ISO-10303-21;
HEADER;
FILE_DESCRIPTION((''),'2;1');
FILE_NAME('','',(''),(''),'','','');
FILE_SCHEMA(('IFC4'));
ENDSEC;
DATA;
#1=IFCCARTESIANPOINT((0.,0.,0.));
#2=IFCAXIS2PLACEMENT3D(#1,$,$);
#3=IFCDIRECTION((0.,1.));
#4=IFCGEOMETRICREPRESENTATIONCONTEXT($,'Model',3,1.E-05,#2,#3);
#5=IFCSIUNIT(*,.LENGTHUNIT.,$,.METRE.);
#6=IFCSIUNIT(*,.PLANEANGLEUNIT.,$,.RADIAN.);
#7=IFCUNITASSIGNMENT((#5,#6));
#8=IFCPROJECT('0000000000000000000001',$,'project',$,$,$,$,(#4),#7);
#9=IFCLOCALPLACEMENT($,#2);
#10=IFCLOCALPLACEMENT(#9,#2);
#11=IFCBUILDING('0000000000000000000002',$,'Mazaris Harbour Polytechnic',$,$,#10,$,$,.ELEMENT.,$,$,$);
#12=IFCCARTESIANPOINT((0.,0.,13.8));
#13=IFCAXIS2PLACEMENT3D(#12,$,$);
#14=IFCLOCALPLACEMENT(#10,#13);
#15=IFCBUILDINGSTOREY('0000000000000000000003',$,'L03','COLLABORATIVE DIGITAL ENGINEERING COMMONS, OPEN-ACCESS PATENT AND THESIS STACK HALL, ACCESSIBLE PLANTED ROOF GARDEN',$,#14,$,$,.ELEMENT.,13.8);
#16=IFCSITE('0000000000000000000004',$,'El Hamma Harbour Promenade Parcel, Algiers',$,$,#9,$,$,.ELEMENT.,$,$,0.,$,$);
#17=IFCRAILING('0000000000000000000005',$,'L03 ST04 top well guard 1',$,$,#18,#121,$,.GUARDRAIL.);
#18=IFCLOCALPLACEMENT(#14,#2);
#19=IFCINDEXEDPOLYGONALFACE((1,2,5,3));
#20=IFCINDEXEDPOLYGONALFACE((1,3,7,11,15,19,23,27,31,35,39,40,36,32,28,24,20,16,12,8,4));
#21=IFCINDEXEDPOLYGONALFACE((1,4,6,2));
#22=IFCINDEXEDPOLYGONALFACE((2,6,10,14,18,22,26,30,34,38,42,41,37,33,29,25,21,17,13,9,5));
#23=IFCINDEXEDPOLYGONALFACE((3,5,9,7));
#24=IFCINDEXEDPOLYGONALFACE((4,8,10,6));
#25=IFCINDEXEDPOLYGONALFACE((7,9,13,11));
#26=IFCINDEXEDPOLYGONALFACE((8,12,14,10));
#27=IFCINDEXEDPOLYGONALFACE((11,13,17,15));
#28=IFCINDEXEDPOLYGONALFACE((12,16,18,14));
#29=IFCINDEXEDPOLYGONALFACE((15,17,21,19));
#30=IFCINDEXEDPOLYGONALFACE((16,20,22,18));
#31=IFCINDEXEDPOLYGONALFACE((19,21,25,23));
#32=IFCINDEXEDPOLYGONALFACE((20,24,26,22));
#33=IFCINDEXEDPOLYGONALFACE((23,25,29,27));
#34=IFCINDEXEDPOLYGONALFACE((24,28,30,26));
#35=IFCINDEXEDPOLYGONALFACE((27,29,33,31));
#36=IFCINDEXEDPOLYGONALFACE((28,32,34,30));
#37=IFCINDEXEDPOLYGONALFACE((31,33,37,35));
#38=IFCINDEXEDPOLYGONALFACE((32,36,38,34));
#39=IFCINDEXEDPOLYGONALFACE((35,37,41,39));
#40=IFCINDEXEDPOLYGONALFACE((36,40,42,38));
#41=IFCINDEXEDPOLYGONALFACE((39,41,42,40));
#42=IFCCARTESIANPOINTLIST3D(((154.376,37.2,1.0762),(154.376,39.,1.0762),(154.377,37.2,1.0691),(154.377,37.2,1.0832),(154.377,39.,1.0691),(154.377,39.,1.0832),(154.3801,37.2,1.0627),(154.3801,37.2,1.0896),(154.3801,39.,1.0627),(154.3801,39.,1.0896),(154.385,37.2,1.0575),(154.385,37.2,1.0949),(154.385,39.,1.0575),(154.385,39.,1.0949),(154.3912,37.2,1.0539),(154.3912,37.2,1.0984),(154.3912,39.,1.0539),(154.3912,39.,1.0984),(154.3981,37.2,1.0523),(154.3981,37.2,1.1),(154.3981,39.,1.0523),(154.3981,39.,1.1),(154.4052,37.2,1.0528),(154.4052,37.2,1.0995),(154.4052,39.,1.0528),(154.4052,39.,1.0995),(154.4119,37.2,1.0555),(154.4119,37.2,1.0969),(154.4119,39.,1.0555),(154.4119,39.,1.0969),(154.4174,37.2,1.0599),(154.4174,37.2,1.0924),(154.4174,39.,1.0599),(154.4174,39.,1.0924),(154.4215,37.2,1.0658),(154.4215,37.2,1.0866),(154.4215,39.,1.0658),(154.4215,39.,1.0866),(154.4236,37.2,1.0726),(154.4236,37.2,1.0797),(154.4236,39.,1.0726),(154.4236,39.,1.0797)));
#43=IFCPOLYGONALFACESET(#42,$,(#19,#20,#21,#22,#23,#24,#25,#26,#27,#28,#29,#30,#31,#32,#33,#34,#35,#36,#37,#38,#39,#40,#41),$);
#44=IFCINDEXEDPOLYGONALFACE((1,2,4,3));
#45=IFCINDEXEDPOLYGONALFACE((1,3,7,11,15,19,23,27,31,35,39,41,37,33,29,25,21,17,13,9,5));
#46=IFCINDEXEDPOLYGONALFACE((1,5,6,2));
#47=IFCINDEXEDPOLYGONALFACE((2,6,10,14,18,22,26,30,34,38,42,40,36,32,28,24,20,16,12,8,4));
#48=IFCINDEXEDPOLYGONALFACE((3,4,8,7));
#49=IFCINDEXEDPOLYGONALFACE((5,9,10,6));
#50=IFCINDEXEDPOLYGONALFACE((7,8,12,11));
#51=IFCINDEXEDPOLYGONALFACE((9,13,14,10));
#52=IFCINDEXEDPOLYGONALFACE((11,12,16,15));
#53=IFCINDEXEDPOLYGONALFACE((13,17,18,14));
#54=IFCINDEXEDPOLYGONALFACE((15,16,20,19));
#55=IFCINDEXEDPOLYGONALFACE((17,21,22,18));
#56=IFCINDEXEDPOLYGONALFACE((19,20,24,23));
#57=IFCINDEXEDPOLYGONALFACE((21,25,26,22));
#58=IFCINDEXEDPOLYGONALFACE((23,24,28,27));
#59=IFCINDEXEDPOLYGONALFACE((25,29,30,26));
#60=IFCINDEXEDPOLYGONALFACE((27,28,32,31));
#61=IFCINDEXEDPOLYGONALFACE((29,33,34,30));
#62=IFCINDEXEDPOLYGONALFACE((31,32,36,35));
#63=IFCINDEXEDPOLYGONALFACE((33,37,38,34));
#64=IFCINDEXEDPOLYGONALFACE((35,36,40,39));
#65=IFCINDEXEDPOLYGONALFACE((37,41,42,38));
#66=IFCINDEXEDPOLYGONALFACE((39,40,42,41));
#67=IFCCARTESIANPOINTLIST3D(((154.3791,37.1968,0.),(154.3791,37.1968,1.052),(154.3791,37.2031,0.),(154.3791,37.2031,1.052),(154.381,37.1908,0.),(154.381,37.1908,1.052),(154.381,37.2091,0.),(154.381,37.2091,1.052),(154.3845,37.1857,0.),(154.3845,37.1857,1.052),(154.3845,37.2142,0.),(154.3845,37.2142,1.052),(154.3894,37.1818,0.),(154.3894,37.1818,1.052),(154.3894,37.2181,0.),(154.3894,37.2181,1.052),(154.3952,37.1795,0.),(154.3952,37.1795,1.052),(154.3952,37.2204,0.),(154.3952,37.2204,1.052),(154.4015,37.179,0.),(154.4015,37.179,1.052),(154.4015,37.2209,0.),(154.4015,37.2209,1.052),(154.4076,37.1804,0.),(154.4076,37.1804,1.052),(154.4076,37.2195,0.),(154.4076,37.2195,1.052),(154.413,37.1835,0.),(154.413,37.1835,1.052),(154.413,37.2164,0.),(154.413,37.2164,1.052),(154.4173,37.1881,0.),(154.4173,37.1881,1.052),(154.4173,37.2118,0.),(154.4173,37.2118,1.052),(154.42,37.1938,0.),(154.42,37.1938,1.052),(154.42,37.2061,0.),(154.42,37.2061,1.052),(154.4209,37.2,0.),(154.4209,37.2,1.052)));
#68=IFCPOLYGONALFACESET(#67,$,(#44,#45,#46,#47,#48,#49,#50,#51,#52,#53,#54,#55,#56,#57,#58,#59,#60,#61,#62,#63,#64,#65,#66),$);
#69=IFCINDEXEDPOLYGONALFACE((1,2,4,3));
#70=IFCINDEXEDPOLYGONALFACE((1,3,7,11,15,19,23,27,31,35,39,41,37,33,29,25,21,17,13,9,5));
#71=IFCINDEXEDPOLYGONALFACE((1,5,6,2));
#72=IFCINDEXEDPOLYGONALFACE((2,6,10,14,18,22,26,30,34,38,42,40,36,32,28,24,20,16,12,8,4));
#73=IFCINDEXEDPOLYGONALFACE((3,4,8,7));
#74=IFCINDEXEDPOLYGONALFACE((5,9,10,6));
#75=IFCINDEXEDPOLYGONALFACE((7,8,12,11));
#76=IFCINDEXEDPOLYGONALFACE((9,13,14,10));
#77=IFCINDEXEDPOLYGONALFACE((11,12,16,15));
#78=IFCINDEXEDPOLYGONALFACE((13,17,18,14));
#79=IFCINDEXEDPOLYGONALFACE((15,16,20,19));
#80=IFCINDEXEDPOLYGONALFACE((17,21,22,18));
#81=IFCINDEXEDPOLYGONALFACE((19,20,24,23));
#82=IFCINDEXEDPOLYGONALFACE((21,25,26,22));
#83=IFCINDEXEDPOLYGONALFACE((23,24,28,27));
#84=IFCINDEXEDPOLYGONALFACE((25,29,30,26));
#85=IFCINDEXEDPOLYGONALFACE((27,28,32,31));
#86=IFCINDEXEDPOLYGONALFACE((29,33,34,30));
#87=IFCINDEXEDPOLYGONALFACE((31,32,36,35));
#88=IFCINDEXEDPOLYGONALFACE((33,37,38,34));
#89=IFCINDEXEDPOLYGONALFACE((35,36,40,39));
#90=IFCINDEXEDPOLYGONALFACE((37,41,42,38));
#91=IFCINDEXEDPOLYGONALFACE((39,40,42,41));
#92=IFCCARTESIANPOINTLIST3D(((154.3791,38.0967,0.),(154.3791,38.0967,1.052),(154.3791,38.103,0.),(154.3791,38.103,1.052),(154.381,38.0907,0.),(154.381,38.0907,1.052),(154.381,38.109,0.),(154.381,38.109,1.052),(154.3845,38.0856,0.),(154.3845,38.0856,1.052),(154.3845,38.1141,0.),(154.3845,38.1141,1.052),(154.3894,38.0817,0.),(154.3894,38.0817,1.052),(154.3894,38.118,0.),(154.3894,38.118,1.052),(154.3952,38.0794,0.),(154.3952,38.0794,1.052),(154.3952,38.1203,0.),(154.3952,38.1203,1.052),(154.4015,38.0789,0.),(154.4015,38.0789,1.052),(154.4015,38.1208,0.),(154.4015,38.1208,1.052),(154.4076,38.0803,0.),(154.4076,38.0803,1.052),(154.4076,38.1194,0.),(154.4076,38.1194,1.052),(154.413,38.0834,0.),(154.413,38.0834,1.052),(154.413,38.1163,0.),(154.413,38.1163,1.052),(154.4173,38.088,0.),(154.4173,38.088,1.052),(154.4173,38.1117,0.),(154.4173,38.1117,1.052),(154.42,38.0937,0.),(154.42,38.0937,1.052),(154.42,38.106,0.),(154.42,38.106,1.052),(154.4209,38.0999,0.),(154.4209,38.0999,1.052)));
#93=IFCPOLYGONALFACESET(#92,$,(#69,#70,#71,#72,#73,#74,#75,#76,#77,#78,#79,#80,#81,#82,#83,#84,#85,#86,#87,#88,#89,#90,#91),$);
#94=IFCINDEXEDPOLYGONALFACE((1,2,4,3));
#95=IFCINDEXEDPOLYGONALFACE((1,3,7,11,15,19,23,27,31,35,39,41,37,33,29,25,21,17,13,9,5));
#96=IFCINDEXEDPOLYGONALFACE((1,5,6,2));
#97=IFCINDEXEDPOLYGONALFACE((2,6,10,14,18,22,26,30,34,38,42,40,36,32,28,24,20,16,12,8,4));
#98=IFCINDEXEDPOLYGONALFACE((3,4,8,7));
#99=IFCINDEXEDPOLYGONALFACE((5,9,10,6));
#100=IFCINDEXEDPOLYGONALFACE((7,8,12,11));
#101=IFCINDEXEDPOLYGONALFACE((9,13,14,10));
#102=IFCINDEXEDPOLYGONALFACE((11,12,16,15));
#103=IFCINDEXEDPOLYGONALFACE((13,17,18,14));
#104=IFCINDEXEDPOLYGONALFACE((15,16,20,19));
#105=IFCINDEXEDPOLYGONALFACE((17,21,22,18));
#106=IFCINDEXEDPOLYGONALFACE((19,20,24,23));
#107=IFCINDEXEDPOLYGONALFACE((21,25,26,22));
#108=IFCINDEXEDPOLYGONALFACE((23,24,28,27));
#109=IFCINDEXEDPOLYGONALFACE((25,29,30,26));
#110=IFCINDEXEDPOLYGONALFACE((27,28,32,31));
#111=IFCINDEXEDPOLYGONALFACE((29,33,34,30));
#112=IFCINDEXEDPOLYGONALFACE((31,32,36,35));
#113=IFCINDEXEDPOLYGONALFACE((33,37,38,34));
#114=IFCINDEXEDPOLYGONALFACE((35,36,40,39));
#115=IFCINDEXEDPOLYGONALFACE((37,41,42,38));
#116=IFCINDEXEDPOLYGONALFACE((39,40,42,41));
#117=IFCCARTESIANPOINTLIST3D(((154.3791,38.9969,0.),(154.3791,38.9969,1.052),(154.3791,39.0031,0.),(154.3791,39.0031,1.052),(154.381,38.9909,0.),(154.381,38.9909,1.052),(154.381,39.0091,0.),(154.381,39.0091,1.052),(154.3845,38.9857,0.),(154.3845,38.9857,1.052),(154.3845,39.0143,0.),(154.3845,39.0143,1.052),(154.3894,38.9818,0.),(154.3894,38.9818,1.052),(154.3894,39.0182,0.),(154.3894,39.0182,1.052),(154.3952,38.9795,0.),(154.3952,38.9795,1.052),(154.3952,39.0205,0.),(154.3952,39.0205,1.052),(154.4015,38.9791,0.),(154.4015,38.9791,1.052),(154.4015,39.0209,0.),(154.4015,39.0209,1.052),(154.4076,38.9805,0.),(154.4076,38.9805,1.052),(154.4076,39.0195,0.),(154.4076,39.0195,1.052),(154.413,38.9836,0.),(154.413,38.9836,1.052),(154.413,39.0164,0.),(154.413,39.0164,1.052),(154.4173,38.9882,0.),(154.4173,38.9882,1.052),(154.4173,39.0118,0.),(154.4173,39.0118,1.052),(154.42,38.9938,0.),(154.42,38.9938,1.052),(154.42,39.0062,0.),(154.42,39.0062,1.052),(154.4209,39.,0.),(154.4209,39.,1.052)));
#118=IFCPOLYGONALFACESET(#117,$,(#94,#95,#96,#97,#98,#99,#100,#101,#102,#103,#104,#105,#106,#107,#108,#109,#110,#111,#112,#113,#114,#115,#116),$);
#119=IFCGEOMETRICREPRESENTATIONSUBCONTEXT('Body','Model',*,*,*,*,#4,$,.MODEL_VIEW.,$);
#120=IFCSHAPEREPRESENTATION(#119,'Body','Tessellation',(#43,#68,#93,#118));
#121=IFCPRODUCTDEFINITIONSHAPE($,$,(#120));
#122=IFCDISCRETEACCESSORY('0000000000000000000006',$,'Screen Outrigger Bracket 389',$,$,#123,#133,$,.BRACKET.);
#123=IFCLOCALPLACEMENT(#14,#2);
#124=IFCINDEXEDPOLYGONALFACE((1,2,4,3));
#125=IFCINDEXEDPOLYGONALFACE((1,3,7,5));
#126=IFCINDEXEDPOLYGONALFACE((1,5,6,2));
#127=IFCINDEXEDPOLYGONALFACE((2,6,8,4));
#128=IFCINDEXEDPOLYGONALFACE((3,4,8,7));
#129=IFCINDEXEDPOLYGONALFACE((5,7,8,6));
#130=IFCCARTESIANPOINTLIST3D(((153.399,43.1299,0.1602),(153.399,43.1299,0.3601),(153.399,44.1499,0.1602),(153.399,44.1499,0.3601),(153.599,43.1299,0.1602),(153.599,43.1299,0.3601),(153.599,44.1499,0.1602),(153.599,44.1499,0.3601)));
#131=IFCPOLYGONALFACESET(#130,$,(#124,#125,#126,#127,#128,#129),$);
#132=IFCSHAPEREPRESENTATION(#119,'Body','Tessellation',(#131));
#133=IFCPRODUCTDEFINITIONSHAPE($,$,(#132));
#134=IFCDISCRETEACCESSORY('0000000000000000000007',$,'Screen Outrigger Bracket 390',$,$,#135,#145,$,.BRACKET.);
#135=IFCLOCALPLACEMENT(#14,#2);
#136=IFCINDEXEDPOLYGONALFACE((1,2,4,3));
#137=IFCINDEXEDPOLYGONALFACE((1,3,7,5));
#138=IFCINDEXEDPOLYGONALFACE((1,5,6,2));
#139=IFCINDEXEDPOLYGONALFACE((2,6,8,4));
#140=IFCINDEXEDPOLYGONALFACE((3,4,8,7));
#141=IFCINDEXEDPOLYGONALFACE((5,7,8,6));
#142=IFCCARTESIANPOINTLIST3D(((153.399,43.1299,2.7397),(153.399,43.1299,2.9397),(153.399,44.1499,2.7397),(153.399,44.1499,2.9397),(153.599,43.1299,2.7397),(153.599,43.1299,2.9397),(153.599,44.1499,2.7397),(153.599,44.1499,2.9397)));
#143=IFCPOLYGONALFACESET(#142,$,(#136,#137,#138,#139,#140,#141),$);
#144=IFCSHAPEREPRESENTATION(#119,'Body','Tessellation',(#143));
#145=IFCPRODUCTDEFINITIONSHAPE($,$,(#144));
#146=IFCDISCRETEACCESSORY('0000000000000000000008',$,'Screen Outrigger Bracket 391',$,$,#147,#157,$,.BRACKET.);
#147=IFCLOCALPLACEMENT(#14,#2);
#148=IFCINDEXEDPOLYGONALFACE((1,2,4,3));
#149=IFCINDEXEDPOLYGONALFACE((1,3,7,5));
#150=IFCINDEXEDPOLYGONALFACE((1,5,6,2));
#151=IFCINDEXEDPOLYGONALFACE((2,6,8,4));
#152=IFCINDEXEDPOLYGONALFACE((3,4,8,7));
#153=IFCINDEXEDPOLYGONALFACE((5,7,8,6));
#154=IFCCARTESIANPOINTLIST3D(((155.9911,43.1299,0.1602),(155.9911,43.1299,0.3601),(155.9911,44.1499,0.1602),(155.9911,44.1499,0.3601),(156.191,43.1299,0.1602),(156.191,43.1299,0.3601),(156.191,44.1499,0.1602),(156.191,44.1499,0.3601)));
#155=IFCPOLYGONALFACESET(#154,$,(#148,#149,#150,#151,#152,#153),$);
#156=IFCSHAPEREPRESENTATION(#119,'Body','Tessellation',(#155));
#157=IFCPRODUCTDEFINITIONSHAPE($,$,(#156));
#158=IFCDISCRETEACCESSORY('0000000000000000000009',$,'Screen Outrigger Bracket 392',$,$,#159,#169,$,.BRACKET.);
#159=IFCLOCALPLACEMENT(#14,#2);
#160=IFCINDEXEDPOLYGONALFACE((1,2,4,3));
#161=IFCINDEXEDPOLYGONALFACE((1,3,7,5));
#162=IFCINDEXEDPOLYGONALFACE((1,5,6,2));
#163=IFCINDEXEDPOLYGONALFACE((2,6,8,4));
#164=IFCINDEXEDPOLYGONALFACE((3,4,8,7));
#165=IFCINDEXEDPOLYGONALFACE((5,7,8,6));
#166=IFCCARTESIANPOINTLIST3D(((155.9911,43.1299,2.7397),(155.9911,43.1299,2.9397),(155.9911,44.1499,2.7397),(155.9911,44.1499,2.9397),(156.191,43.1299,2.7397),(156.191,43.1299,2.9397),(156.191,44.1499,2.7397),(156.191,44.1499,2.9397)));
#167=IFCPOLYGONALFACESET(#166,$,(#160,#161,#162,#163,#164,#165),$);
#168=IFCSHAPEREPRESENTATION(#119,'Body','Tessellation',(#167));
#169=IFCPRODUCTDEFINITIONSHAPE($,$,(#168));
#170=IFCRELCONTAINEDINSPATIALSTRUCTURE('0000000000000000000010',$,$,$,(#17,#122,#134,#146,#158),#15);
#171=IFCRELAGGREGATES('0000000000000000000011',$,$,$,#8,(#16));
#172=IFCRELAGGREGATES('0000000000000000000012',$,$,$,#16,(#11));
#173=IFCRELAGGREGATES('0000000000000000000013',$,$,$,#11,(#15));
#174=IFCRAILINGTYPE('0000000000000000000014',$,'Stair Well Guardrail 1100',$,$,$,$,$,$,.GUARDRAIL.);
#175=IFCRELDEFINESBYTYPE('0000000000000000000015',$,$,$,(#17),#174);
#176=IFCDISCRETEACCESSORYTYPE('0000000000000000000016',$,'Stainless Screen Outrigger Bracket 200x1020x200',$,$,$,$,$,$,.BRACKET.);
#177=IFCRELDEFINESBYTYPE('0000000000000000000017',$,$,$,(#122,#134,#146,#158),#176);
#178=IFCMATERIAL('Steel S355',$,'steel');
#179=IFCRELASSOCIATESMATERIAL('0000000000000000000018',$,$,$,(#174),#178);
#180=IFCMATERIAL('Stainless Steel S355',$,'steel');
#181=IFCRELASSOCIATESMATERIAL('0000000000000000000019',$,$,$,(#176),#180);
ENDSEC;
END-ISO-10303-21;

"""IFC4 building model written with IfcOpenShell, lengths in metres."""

from ifc_helpers import new_model, si_unit, direction, frame, origin, origin_2d, place, context, subcontext, project, spatial, rectangle, circle, extrude, material, type_object, element, save


model = new_model("IFC4")

# Units and contexts
model_context = context("Model", 3, precision=1e-05, world=origin(), true_north=direction((0.0, 1.0)))
body_context = subcontext(model_context, "Body", "Model", "MODEL_VIEW")
ifc_project = project(units=[si_unit("LENGTHUNIT", "METRE"), si_unit("PLANEANGLEUNIT", "RADIAN")], contexts=[model_context])

# Site, building, storey
site_placement = place(None, origin())
site = spatial("IfcSite", under=ifc_project, at=site_placement, Name="El Hamma Harbour Promenade Parcel, Algiers", CompositionType="ELEMENT", RefElevation=0.0)
building_placement = place(site_placement, origin())
building = spatial("IfcBuilding", under=site, at=building_placement, Name="Mazaris Harbour Polytechnic", CompositionType="ELEMENT")
storey_placement = place(building_placement, frame((0.0, 0.0, 13.8)))
storey = spatial("IfcBuildingStorey", under=building, at=storey_placement, Name="L03", Description="COLLABORATIVE DIGITAL ENGINEERING COMMONS, OPEN-ACCESS PATENT AND THESIS STACK HALL, ACCESSIBLE PLANTED ROOF GARDEN", CompositionType="ELEMENT", Elevation=13.8)

# Railing
ifc_material_1 = material(Name="Steel S355", Category="steel")
railing_type_1 = type_object("IfcRailingType", Name="Stair Well Guardrail 1100", PredefinedType="GUARDRAIL", material=ifc_material_1)
railing_placement = place(storey_placement, frame((154.3999, 37.2, 0.0)))
element("IfcRailing", 1, at=railing_placement, inside=storey, type_object=railing_type_1, Name="L03 ST04 top well guard 1", PredefinedType="GUARDRAIL", context=body_context, shape_type="SweptSolid", body=[
    extrude(circle(Radius=0.0239, at=origin_2d()), frame((0.0, 0.0, 1.0762), z_axis=(0.0, 1.0, 0.0), x_axis=(-1.0, 0.0, 0.0)), (0.0, 0.0, 1.0), 1.8),
    extrude(circle(Radius=0.021, at=origin_2d()), origin(), (0.0, 0.0, 1.0), 1.052),
    extrude(circle(Radius=0.021, at=origin_2d()), frame((0.0, 0.8999, 0.0)), (0.0, 0.0, 1.0), 1.052),
    extrude(circle(Radius=0.021, at=origin_2d()), frame((0.0, 1.8, 0.0)), (0.0, 0.0, 1.0), 1.052),
])

# Discrete accessories
ifc_material_2 = material(Name="Stainless Steel S355", Category="steel")
discrete_accessory_type = type_object("IfcDiscreteAccessoryType", Name="Stainless Screen Outrigger Bracket 200x1020x200", PredefinedType="BRACKET", material=ifc_material_2)
for number, where, z_axis, x_axis, name in (
    (2, (153.499, 43.6399, 0.1602), (0.0, 0.0, 1.0), (1.0, 0.0, 0.0), "Screen Outrigger Bracket 389"),
    (3, (153.499, 43.6399, 2.7397), (0.0, 0.0, 1.0), (1.0, 0.0, 0.0), "Screen Outrigger Bracket 390"),
    (4, (156.0911, 43.6399, 0.1602), (0.0, 0.0, 1.0), (1.0, 0.0, 0.0), "Screen Outrigger Bracket 391"),
    (5, (156.0911, 43.6399, 2.7397), (0.0, 0.0, 1.0), (1.0, 0.0, 0.0), "Screen Outrigger Bracket 392"),
):
    element("IfcDiscreteAccessory", number, at=place(storey_placement, frame(where, z_axis=z_axis, x_axis=x_axis)), inside=storey, type_object=discrete_accessory_type, Name=name, PredefinedType="BRACKET", context=body_context, shape_type="SweptSolid", body=[
        extrude(rectangle(XDim=0.2, YDim=1.02, at=origin_2d()), origin(), (0.0, 0.0, 1.0), 0.2),
    ])

save(model, "model.ifc")
